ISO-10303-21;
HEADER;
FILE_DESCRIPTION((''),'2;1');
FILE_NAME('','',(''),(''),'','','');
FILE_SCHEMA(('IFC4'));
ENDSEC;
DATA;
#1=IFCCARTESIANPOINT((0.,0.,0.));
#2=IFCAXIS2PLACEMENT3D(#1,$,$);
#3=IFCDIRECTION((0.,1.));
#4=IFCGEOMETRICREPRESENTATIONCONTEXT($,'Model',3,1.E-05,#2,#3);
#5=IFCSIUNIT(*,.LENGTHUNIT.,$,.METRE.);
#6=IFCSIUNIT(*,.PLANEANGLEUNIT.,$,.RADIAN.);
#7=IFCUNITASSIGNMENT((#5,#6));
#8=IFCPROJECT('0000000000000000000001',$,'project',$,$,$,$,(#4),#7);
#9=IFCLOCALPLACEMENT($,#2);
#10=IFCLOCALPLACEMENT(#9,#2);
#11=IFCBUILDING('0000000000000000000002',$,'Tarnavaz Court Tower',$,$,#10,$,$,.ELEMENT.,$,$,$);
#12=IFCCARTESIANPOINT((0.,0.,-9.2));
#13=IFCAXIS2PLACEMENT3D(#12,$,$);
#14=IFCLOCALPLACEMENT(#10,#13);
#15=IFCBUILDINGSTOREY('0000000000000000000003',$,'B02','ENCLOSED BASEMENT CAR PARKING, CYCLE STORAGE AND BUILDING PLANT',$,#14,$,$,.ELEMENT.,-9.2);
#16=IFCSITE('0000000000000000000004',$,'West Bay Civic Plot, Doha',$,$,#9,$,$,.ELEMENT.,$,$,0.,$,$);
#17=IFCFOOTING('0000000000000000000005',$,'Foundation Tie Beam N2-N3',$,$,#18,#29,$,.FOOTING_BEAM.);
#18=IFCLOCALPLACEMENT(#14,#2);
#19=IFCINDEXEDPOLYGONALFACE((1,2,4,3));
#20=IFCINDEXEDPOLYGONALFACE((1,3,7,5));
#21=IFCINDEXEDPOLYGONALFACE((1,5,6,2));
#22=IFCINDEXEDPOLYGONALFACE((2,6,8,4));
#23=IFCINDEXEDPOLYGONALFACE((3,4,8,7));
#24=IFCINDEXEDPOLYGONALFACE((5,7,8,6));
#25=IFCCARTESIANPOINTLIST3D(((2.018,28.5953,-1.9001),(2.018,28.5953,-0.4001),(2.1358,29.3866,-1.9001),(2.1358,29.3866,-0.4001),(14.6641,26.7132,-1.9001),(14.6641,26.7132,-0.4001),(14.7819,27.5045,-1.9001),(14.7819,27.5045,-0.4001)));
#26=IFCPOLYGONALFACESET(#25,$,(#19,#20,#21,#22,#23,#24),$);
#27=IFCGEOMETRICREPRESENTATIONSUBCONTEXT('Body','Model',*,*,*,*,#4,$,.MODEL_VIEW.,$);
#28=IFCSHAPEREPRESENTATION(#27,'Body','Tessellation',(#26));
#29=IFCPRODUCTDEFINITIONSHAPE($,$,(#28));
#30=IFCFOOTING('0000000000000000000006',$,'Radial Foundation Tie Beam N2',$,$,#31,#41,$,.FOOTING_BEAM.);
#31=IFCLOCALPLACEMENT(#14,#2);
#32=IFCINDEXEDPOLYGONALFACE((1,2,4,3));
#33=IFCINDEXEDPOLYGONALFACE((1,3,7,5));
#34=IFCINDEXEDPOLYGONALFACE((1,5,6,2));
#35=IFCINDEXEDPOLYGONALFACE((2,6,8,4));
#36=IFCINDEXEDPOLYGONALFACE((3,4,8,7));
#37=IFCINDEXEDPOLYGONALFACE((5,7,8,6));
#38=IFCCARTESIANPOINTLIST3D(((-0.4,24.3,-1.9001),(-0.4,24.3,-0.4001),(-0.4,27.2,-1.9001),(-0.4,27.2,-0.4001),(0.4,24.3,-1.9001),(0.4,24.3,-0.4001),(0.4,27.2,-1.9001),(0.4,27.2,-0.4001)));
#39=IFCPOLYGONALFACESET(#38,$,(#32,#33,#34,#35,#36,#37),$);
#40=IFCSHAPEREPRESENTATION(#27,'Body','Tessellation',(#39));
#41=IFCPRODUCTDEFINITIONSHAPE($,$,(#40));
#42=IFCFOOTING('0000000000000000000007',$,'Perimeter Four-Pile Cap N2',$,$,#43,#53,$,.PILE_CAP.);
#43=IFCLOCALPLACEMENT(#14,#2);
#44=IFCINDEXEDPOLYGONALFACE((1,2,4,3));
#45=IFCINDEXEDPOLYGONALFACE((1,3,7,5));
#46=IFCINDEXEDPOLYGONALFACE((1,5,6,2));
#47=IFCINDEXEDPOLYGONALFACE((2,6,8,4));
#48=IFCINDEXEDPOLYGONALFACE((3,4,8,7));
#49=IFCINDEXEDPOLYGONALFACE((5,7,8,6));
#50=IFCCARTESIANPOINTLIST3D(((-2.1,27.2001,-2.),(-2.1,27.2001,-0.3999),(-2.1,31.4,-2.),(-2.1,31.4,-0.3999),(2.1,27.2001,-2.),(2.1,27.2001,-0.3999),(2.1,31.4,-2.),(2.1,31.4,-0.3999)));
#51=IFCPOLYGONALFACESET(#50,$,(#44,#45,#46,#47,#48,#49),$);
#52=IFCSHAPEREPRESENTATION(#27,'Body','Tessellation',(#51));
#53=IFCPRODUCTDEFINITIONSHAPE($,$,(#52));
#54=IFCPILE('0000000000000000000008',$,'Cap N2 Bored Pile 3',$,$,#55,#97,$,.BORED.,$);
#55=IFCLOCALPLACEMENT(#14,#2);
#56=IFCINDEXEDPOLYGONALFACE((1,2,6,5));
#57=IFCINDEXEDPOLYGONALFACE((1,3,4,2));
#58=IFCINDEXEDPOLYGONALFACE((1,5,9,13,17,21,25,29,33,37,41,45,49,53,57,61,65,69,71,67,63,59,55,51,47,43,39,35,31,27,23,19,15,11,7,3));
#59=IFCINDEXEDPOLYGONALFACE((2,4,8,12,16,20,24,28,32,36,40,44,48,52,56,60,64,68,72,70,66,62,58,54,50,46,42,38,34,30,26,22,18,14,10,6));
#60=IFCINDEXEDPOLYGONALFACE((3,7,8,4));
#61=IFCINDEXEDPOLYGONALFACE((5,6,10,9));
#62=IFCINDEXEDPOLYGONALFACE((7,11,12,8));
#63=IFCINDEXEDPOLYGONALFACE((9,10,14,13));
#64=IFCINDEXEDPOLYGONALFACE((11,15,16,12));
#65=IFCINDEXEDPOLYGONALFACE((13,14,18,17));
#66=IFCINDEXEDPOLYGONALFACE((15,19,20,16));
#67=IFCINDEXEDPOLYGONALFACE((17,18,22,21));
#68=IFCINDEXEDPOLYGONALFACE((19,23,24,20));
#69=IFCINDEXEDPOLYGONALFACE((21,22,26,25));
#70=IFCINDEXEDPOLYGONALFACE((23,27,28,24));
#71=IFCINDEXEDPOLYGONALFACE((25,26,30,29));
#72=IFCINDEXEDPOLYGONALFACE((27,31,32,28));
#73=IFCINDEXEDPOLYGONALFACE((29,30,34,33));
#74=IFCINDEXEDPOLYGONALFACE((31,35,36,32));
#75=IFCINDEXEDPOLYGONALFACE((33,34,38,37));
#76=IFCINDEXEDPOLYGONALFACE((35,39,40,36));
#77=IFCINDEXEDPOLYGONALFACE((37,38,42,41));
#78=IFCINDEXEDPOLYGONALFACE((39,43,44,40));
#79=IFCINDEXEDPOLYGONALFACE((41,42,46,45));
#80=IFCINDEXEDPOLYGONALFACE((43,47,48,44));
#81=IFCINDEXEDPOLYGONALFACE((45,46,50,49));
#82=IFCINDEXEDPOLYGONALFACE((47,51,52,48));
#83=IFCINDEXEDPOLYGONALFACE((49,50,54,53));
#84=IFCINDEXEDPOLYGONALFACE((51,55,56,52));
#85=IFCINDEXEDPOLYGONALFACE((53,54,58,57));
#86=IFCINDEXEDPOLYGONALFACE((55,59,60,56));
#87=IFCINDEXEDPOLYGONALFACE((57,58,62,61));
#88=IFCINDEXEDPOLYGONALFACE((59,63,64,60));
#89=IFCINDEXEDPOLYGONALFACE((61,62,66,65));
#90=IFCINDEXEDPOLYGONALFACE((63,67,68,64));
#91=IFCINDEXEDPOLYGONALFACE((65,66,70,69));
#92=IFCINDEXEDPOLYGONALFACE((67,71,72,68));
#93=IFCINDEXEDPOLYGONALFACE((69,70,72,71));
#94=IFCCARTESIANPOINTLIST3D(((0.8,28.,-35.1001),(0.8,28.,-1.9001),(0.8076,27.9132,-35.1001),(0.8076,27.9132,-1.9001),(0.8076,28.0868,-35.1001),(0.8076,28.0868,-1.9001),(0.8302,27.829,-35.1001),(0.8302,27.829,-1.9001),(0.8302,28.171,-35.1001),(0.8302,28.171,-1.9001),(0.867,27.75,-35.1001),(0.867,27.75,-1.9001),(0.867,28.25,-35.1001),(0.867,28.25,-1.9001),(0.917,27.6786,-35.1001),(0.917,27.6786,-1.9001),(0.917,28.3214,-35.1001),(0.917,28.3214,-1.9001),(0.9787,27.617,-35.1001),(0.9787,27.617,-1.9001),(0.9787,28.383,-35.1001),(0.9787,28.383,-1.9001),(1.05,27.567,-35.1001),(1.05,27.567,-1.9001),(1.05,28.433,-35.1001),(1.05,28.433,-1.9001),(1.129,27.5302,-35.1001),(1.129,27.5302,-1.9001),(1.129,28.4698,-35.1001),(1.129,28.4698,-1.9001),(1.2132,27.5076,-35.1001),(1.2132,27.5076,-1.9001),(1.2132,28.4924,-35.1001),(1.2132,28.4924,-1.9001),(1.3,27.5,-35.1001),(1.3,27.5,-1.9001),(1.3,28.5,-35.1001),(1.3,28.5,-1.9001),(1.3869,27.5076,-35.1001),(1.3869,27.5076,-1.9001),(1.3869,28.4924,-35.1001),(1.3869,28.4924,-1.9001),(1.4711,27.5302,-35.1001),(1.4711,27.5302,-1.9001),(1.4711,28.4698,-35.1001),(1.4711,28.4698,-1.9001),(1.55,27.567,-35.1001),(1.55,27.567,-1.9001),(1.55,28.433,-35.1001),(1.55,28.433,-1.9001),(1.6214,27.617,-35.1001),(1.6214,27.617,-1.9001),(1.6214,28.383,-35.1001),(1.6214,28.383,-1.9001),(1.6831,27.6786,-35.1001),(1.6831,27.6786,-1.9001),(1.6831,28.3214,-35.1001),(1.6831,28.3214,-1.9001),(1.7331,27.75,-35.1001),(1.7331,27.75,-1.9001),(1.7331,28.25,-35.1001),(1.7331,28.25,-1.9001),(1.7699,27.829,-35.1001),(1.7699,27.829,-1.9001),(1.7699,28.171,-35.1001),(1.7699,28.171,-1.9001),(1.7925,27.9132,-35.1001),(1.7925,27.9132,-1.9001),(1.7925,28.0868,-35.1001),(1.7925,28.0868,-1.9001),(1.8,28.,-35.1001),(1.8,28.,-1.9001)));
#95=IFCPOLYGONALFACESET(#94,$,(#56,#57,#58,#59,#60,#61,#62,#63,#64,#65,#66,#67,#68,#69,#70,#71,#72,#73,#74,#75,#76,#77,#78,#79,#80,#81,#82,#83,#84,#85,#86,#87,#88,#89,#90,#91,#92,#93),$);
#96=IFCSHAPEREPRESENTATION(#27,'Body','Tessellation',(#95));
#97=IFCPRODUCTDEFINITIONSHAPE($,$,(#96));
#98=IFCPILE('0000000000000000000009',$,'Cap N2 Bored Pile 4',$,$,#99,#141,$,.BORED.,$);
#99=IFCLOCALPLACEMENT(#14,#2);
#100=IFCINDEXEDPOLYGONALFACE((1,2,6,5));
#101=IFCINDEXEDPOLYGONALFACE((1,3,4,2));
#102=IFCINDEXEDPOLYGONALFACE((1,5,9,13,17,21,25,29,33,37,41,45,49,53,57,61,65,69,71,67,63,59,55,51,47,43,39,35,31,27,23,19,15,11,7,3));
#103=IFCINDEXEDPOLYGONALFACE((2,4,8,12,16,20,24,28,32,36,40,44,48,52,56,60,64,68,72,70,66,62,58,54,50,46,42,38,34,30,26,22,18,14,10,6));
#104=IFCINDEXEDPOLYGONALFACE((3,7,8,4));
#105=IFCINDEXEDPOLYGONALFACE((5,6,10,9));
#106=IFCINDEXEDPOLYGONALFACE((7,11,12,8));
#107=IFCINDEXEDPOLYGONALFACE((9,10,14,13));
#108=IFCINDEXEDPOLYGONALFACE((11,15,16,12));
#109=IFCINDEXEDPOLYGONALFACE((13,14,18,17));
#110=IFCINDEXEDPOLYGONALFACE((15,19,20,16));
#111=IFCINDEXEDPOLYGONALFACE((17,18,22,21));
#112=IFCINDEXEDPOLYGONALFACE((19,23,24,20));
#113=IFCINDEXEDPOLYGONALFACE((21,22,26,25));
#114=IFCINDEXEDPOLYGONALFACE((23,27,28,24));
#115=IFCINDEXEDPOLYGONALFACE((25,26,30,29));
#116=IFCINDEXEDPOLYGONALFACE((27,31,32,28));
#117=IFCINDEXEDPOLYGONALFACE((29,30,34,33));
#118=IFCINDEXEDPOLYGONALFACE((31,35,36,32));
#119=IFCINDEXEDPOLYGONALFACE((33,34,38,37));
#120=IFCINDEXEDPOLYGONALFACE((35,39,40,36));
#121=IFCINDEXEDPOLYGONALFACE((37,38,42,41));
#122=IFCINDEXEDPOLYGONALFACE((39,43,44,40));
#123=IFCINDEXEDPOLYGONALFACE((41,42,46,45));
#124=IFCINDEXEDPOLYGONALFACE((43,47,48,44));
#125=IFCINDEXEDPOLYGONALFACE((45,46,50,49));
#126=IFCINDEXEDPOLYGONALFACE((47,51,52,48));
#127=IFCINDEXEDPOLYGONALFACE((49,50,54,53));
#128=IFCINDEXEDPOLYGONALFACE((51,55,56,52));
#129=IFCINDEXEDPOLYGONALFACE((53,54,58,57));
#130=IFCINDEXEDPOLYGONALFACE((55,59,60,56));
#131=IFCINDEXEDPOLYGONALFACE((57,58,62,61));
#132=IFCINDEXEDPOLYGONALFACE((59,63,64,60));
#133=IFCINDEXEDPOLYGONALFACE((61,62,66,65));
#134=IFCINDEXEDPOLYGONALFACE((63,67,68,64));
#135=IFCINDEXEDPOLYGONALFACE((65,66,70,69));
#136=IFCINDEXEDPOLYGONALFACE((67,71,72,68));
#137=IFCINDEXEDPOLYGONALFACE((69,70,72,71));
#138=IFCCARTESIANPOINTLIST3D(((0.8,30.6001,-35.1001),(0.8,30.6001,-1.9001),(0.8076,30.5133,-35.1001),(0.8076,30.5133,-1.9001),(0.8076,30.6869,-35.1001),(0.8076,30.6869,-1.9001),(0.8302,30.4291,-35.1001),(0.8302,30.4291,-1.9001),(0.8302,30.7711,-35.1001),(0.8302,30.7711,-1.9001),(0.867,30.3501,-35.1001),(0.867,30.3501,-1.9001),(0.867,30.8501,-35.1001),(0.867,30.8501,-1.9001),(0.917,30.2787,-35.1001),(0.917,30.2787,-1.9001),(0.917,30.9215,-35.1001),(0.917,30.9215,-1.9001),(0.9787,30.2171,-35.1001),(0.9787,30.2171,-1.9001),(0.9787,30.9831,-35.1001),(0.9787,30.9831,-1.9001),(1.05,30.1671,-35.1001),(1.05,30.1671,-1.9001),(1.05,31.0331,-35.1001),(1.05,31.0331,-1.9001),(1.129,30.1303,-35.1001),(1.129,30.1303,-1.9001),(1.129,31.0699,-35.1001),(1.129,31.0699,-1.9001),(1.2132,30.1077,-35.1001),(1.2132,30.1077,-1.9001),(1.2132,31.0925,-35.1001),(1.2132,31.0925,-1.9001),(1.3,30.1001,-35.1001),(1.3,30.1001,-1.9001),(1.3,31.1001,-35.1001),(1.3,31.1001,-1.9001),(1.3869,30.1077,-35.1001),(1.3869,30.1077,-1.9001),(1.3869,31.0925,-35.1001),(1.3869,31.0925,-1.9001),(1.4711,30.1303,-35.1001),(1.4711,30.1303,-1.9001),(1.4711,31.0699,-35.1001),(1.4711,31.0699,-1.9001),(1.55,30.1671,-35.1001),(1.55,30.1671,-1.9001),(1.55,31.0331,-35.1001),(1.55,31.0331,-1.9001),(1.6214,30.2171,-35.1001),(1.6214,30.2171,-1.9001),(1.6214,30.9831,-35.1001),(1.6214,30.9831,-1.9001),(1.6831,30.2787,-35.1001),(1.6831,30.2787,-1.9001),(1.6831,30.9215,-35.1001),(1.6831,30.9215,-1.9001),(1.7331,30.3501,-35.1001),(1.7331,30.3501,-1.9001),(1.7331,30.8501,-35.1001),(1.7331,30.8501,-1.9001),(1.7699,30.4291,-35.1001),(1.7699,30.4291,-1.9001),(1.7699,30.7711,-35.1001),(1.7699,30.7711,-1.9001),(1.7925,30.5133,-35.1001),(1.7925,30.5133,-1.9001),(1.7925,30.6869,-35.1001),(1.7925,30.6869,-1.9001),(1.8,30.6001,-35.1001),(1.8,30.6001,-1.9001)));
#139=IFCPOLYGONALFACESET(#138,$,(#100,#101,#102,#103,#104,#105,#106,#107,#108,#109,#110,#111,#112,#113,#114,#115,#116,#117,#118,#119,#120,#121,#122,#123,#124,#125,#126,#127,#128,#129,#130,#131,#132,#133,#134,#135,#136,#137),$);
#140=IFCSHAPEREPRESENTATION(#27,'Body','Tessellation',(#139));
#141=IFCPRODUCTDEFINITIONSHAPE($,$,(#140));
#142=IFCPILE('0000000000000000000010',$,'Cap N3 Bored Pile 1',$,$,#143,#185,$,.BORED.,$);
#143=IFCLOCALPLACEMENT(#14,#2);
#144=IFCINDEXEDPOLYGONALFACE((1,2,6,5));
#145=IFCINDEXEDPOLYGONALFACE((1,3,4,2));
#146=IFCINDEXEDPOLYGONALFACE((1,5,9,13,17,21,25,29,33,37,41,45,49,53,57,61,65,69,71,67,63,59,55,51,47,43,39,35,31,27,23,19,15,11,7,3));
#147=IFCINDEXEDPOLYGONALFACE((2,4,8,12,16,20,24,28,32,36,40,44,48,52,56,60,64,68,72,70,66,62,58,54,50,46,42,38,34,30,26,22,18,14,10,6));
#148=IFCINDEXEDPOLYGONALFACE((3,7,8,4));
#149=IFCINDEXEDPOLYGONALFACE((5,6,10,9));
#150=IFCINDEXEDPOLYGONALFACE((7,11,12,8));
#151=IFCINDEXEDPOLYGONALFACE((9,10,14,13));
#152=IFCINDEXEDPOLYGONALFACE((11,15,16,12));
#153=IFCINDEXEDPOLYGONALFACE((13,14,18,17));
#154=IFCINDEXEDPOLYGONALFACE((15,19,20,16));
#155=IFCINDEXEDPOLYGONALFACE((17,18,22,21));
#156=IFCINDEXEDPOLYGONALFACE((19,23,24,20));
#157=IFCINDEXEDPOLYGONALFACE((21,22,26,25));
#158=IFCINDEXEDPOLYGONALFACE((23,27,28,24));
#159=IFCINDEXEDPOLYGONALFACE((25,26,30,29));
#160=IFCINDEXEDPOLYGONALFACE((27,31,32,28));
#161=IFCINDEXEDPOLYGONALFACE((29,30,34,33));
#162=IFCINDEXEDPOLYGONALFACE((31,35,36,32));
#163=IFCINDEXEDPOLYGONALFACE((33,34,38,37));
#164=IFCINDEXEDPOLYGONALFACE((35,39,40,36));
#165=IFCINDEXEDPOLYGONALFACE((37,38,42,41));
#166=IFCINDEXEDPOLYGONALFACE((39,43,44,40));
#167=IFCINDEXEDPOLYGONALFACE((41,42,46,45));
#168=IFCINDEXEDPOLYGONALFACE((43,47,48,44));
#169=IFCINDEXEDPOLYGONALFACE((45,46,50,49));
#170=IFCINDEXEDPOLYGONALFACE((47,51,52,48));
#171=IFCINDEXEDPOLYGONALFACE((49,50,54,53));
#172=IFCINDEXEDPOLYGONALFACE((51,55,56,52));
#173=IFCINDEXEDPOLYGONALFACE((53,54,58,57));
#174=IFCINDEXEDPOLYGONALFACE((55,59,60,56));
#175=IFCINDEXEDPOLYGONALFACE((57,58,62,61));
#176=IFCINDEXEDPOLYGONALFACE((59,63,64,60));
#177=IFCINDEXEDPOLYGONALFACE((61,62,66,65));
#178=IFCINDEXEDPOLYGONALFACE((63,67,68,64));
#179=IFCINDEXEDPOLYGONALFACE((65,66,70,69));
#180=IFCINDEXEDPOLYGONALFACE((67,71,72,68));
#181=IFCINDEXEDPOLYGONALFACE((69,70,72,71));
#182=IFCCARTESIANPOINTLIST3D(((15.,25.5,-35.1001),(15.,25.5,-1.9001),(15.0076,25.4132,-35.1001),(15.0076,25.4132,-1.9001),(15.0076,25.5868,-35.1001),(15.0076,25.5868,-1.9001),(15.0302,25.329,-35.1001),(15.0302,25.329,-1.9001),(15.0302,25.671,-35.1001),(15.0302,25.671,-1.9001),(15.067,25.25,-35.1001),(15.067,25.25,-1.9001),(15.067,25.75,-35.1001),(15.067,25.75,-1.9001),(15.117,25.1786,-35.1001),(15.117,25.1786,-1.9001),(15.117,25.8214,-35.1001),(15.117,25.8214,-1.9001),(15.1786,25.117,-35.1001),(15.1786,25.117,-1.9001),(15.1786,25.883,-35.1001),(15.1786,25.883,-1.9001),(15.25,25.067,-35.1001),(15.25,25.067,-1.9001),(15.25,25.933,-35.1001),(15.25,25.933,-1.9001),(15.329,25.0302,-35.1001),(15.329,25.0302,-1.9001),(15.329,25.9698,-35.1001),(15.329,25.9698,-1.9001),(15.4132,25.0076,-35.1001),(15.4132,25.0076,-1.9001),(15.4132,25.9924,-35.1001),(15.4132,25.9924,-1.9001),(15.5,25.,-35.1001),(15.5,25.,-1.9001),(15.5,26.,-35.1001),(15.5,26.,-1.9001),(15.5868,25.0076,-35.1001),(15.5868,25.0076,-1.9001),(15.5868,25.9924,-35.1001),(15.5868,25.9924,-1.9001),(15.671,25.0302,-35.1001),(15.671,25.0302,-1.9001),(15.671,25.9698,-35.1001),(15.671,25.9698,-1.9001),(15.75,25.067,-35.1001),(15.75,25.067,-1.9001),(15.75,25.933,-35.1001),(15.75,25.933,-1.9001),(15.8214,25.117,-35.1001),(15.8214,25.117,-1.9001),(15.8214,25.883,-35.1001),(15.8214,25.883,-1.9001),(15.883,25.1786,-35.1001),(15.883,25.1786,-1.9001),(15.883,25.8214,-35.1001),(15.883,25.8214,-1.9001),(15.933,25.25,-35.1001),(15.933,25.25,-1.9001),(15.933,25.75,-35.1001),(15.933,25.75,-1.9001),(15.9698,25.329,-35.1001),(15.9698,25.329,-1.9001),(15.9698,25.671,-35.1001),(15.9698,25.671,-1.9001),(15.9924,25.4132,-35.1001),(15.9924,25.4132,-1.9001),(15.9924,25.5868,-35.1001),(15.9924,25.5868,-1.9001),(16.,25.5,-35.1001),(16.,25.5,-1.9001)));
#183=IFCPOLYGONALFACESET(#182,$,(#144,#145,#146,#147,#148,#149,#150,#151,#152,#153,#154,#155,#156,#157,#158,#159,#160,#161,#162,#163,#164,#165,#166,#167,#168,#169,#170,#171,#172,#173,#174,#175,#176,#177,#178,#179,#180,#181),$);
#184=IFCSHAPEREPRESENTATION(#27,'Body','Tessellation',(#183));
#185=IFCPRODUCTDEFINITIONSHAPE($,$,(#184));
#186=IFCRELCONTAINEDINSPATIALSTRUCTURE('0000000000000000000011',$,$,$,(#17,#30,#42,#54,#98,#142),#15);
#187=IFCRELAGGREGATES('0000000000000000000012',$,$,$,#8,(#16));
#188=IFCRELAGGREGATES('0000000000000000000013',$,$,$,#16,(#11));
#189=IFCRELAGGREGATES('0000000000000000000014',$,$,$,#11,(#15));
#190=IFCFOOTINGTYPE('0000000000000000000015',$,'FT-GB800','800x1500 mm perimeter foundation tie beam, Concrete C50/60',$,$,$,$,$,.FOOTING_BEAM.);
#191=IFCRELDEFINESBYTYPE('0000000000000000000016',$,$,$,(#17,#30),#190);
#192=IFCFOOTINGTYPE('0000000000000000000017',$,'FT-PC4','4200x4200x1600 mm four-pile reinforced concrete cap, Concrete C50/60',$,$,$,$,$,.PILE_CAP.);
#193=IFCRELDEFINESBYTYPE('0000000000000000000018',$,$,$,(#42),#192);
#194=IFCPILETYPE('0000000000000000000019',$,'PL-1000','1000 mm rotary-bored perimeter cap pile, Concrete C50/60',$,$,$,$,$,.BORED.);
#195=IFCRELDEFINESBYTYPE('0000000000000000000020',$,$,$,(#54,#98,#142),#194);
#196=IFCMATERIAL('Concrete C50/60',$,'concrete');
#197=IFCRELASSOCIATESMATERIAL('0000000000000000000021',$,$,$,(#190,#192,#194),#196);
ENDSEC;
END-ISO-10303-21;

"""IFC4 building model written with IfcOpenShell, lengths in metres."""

from ifc_helpers import new_model, si_unit, direction, frame, origin, origin_2d, place, context, subcontext, project, spatial, rectangle, circle, extrude, material, material_profile, profile_set, type_object, element, save


model = new_model("IFC4")

# Units and contexts
model_context = context("Model", 3, precision=1e-05, world=origin(), true_north=direction((0.0, 1.0)))
body_context = subcontext(model_context, "Body", "Model", "MODEL_VIEW")
ifc_project = project(units=[si_unit("LENGTHUNIT", "METRE"), si_unit("PLANEANGLEUNIT", "RADIAN")], contexts=[model_context])

# Site, building, storey
site_placement = place(None, origin())
site = spatial("IfcSite", under=ifc_project, at=site_placement, Name="West Bay Civic Plot, Doha", CompositionType="ELEMENT", RefElevation=0.0)
building_placement = place(site_placement, origin())
building = spatial("IfcBuilding", under=site, at=building_placement, Name="Tarnavaz Court Tower", CompositionType="ELEMENT")
storey_placement = place(building_placement, frame((0.0, 0.0, -9.2)))
storey = spatial("IfcBuildingStorey", under=building, at=storey_placement, Name="B02", Description="ENCLOSED BASEMENT CAR PARKING, CYCLE STORAGE AND BUILDING PLANT", CompositionType="ELEMENT", Elevation=-9.2)

# Footings
ifc_material_1 = material(Name="Concrete C50/60", Category="concrete")
ifc_material_profile_1 = material_profile(ifc_material_1, rectangle(XDim=0.8, YDim=1.5, at=origin_2d()), Name="RC 800X1500")
ifc_profile_set_1 = profile_set([ifc_material_profile_1], Name="Concrete C50/60")
footing_type_1 = type_object("IfcFootingType", Name="FT-GB800", Description="800x1500 mm perimeter foundation tie beam, Concrete C50/60", PredefinedType="FOOTING_BEAM", material=ifc_profile_set_1)
footing_1_placement = place(storey_placement, frame((2.0769, 28.991, -1.1501), z_axis=(0.989106, -0.147207, 0.0), x_axis=(0.147207, 0.989106, 0.0)))
element("IfcFooting", 1, at=footing_1_placement, inside=storey, type_object=footing_type_1, Name="Foundation Tie Beam N2-N3", PredefinedType="FOOTING_BEAM", context=body_context, shape_type="SweptSolid", body=[
    extrude(rectangle(XDim=0.8, YDim=1.5, at=origin_2d()), origin(), (0.0, 0.0, 1.0), 12.7854),
])
footing_2_placement = place(storey_placement, frame((0.0, 24.3, -1.1501), z_axis=(0.0, 1.0, 0.0), x_axis=(-1.0, 0.0, 0.0)))
element("IfcFooting", 2, at=footing_2_placement, inside=storey, type_object=footing_type_1, Name="Radial Foundation Tie Beam N2", PredefinedType="FOOTING_BEAM", context=body_context, shape_type="SweptSolid", body=[
    extrude(rectangle(XDim=0.8, YDim=1.5, at=origin_2d()), origin(), (0.0, 0.0, 1.0), 2.8999),
])
footing_type_2 = type_object("IfcFootingType", Name="FT-PC4", Description="4200x4200x1600 mm four-pile reinforced concrete cap, Concrete C50/60", PredefinedType="PILE_CAP", material=ifc_material_1)
footing_3_placement = place(storey_placement, frame((0.0, 29.3, -2.0), z_axis=(0.0, 0.0, 1.0), x_axis=(1.0, 0.0, 0.0)))
element("IfcFooting", 3, at=footing_3_placement, inside=storey, type_object=footing_type_2, Name="Perimeter Four-Pile Cap N2", PredefinedType="PILE_CAP", context=body_context, shape_type="SweptSolid", body=[
    extrude(rectangle(XDim=4.2, YDim=4.2, at=origin_2d()), origin(), (0.0, 0.0, 1.0), 1.6001),
])

# Piles
ifc_material_profile_2 = material_profile(ifc_material_1, circle(Radius=0.5, at=origin_2d()), Name="PILE D1000")
ifc_profile_set_2 = profile_set([ifc_material_profile_2], Name="Concrete C50/60")
pile_type_1 = type_object("IfcPileType", Name="PL-1000", Description="1000 mm rotary-bored perimeter cap pile, Concrete C50/60", PredefinedType="BORED", material=ifc_profile_set_2)
for number, where, z_axis, x_axis, name in (
    (4, (1.3, 28.0, -1.9001), (0.0, 0.0, -1.0), (1.0, 0.0, 0.0), "Cap N2 Bored Pile 3"),
    (5, (1.3, 30.6001, -1.9001), (0.0, 0.0, -1.0), (1.0, 0.0, 0.0), "Cap N2 Bored Pile 4"),
    (6, (15.5, 25.5, -1.9001), (0.0, 0.0, -1.0), (1.0, 0.0, 0.0), "Cap N3 Bored Pile 1"),
):
    element("IfcPile", number, at=place(storey_placement, frame(where, z_axis=z_axis, x_axis=x_axis)), inside=storey, type_object=pile_type_1, Name=name, PredefinedType="BORED", context=body_context, shape_type="SweptSolid", body=[
        extrude(circle(Radius=0.5, at=origin_2d()), origin(), (0.0, 0.0, 1.0), 33.2),
    ])

save(model, "model.ifc")
